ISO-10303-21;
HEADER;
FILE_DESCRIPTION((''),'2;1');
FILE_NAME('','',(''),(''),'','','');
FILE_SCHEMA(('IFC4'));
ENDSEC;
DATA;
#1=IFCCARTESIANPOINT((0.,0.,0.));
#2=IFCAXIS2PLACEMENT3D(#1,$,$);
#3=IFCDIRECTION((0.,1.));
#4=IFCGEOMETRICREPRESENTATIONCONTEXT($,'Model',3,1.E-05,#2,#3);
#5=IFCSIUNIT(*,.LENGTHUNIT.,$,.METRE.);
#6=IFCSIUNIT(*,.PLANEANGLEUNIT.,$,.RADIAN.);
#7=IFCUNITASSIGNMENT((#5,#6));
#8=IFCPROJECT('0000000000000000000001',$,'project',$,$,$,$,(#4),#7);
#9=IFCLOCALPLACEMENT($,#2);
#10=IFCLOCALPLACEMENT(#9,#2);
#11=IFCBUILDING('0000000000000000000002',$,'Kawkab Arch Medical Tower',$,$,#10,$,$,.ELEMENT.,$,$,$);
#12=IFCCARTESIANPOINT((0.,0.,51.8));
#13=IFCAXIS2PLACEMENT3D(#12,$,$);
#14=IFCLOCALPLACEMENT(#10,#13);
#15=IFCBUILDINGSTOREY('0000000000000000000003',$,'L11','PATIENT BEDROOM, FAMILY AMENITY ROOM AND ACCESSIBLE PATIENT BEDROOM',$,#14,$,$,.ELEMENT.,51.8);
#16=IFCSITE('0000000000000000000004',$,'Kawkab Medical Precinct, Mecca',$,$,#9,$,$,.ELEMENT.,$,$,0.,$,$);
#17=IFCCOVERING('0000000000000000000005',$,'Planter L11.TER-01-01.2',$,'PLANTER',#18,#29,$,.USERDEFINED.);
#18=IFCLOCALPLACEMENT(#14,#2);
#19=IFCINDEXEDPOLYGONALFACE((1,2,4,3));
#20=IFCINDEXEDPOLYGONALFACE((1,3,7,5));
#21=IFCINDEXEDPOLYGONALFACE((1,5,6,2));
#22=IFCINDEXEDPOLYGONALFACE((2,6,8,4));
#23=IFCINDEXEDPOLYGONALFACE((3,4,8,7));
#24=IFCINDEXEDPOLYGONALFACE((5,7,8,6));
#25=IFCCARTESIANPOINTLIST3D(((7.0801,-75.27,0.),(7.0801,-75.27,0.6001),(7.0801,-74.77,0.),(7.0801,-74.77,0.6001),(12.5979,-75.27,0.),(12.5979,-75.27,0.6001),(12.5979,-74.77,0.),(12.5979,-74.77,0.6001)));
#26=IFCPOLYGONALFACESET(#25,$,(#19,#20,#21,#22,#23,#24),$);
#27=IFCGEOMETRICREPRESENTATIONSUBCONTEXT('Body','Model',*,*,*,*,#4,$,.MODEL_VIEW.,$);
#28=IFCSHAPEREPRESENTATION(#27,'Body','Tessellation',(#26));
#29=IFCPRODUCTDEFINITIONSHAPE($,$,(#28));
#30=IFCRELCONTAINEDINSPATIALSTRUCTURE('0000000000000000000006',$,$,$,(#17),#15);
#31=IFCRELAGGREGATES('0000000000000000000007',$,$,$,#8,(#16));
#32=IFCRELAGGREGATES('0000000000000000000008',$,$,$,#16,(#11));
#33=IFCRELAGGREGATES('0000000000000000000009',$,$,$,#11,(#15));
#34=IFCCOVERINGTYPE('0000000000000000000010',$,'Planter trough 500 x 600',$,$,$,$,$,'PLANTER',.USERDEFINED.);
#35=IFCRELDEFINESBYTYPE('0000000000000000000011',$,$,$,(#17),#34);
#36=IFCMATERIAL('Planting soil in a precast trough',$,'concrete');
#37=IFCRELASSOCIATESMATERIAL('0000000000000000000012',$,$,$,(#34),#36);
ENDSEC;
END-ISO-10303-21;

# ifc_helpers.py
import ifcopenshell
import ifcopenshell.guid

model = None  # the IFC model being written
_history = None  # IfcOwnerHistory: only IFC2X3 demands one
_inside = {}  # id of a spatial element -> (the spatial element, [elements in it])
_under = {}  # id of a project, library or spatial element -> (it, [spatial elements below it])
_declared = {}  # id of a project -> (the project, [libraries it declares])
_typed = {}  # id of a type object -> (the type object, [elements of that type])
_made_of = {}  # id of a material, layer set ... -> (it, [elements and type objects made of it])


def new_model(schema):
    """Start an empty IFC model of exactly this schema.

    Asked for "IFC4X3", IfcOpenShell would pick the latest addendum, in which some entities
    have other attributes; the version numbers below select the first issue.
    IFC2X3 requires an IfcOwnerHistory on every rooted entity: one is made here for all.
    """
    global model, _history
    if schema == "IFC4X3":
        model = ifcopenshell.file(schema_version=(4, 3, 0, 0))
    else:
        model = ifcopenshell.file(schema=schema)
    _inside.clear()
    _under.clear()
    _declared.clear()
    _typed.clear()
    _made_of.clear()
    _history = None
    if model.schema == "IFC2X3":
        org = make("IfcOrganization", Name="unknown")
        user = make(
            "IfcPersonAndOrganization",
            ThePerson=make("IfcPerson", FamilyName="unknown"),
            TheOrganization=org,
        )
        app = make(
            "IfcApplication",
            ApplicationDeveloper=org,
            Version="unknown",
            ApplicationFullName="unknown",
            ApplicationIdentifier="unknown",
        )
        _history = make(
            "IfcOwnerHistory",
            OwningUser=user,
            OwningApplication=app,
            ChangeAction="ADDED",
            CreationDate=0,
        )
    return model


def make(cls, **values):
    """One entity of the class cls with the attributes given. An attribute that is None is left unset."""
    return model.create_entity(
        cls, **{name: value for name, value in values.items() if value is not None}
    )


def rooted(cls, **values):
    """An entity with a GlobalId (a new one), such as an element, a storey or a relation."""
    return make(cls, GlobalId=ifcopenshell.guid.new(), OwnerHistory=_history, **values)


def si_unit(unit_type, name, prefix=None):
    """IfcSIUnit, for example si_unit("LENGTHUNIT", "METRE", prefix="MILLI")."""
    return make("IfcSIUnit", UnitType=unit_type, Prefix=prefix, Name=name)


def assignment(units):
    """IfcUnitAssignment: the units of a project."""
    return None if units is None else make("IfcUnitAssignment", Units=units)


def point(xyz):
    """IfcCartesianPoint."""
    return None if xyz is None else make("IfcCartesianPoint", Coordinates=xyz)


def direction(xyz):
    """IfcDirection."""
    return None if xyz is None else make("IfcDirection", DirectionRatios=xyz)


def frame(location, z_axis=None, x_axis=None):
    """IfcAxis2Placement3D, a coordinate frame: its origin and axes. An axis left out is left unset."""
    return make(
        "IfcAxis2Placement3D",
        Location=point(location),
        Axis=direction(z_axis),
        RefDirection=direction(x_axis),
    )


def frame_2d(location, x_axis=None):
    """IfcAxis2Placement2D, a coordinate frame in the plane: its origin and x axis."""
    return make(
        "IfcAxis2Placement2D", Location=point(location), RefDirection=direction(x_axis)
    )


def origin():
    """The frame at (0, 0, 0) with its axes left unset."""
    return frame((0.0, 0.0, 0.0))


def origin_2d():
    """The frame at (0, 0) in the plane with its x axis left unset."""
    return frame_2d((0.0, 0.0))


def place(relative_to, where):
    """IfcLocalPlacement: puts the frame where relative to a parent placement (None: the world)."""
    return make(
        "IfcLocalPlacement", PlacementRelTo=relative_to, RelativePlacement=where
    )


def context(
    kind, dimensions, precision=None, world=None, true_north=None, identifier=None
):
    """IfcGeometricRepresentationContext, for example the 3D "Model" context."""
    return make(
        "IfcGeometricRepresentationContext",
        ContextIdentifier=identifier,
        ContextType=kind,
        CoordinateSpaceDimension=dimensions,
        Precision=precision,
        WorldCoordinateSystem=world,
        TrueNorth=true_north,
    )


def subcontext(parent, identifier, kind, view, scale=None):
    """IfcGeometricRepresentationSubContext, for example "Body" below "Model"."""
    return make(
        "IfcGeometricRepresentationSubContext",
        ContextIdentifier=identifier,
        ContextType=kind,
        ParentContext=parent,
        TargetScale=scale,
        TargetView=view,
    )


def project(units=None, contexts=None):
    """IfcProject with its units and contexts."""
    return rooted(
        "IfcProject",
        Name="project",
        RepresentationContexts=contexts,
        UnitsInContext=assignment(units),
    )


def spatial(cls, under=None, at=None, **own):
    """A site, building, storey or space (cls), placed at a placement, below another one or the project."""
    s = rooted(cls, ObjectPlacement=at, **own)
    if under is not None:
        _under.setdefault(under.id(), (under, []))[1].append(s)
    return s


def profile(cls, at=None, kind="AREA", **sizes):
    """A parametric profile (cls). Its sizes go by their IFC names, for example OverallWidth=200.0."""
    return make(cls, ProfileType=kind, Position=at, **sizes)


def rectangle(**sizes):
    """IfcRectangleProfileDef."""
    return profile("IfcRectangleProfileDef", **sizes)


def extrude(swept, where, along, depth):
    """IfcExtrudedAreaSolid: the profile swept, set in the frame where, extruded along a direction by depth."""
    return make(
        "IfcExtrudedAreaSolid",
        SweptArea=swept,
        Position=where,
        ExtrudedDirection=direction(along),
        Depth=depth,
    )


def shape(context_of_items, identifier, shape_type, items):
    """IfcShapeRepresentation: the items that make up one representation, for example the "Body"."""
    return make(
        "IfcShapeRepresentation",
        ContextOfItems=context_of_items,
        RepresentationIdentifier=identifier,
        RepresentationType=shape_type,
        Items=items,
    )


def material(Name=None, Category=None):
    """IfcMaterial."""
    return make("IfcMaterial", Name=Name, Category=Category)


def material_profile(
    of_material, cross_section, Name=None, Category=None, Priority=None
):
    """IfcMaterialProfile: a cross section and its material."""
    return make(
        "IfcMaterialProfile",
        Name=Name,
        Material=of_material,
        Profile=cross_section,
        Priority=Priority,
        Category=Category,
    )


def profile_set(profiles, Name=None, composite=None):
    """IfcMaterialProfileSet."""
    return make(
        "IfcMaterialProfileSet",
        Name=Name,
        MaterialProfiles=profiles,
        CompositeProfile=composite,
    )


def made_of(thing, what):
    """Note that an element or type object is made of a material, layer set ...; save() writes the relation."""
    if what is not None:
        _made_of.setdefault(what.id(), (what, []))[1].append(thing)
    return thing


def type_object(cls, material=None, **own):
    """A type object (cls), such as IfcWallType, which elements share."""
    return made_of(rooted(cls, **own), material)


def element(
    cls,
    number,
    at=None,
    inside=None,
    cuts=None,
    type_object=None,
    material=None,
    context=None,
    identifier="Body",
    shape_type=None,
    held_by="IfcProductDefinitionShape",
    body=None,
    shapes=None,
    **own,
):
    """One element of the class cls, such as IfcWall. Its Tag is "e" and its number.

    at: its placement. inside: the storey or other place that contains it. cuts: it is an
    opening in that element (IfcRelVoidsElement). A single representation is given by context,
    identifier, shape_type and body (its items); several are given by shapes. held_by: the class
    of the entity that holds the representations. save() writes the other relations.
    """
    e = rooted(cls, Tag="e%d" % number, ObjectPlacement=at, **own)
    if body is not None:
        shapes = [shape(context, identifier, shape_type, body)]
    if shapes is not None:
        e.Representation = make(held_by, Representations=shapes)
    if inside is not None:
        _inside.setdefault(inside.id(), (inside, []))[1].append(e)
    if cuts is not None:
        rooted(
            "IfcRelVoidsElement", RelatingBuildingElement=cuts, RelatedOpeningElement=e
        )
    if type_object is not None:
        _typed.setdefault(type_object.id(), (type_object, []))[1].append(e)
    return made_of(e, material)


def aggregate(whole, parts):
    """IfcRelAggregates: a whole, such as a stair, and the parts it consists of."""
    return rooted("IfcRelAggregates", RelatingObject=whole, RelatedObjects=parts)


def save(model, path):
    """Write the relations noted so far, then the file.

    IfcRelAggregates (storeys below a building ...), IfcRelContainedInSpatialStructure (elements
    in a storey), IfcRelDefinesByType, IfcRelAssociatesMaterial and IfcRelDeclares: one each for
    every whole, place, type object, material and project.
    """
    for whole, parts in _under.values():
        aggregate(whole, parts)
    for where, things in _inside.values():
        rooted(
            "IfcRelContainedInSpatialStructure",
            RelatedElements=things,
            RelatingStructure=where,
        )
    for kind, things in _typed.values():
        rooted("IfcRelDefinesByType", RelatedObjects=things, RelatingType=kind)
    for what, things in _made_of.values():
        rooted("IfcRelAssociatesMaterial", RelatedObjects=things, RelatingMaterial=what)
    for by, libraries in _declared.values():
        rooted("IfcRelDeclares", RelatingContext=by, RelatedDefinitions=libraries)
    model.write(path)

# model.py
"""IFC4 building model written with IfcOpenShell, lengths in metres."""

from ifc_helpers import new_model, si_unit, direction, frame, origin, origin_2d, place, context, subcontext, project, spatial, rectangle, extrude, material, material_profile, profile_set, type_object, element, save


model = new_model("IFC4")

# Units and contexts
model_context = context("Model", 3, precision=1e-05, world=origin(), true_north=direction((0.0, 1.0)))
body_context = subcontext(model_context, "Body", "Model", "MODEL_VIEW")
ifc_project = project(units=[si_unit("LENGTHUNIT", "METRE"), si_unit("PLANEANGLEUNIT", "RADIAN")], contexts=[model_context])

# Site, building, storey
site_placement = place(None, origin())
site = spatial("IfcSite", under=ifc_project, at=site_placement, Name="Kawkab Medical Precinct, Mecca", CompositionType="ELEMENT", RefElevation=0.0)
building_placement = place(site_placement, origin())
building = spatial("IfcBuilding", under=site, at=building_placement, Name="Kawkab Arch Medical Tower", CompositionType="ELEMENT")
storey_placement = place(building_placement, frame((0.0, 0.0, 51.8)))
storey = spatial("IfcBuildingStorey", under=building, at=storey_placement, Name="L11", Description="PATIENT BEDROOM, FAMILY AMENITY ROOM AND ACCESSIBLE PATIENT BEDROOM", CompositionType="ELEMENT", Elevation=51.8)

# Covering
ifc_material_1 = material(Name="Planting soil in a precast trough", Category="concrete")
ifc_material_profile_1 = material_profile(ifc_material_1, rectangle(XDim=0.5, YDim=0.6001, at=origin_2d()), Name="Trough 500x600")
ifc_profile_set_1 = profile_set([ifc_material_profile_1], Name="Planting soil in a precast trough")
covering_type = type_object("IfcCoveringType", Name="Planter trough 500 x 600", ElementType="PLANTER", PredefinedType="USERDEFINED", material=ifc_profile_set_1)
covering_1_placement = place(storey_placement, frame((7.0801, -75.02, 0.3), z_axis=(1.0, 0.0, 0.0), x_axis=(0.0, 1.0, 0.0)))
element("IfcCovering", 1, at=covering_1_placement, inside=storey, type_object=covering_type, Name="Planter L11.TER-01-01.2", ObjectType="PLANTER", PredefinedType="USERDEFINED", context=body_context, shape_type="SweptSolid", body=[
    extrude(rectangle(XDim=0.5, YDim=0.6001, at=origin_2d()), origin(), (0.0, 0.0, 1.0), 5.5178),
])

save(model, "model.ifc")
